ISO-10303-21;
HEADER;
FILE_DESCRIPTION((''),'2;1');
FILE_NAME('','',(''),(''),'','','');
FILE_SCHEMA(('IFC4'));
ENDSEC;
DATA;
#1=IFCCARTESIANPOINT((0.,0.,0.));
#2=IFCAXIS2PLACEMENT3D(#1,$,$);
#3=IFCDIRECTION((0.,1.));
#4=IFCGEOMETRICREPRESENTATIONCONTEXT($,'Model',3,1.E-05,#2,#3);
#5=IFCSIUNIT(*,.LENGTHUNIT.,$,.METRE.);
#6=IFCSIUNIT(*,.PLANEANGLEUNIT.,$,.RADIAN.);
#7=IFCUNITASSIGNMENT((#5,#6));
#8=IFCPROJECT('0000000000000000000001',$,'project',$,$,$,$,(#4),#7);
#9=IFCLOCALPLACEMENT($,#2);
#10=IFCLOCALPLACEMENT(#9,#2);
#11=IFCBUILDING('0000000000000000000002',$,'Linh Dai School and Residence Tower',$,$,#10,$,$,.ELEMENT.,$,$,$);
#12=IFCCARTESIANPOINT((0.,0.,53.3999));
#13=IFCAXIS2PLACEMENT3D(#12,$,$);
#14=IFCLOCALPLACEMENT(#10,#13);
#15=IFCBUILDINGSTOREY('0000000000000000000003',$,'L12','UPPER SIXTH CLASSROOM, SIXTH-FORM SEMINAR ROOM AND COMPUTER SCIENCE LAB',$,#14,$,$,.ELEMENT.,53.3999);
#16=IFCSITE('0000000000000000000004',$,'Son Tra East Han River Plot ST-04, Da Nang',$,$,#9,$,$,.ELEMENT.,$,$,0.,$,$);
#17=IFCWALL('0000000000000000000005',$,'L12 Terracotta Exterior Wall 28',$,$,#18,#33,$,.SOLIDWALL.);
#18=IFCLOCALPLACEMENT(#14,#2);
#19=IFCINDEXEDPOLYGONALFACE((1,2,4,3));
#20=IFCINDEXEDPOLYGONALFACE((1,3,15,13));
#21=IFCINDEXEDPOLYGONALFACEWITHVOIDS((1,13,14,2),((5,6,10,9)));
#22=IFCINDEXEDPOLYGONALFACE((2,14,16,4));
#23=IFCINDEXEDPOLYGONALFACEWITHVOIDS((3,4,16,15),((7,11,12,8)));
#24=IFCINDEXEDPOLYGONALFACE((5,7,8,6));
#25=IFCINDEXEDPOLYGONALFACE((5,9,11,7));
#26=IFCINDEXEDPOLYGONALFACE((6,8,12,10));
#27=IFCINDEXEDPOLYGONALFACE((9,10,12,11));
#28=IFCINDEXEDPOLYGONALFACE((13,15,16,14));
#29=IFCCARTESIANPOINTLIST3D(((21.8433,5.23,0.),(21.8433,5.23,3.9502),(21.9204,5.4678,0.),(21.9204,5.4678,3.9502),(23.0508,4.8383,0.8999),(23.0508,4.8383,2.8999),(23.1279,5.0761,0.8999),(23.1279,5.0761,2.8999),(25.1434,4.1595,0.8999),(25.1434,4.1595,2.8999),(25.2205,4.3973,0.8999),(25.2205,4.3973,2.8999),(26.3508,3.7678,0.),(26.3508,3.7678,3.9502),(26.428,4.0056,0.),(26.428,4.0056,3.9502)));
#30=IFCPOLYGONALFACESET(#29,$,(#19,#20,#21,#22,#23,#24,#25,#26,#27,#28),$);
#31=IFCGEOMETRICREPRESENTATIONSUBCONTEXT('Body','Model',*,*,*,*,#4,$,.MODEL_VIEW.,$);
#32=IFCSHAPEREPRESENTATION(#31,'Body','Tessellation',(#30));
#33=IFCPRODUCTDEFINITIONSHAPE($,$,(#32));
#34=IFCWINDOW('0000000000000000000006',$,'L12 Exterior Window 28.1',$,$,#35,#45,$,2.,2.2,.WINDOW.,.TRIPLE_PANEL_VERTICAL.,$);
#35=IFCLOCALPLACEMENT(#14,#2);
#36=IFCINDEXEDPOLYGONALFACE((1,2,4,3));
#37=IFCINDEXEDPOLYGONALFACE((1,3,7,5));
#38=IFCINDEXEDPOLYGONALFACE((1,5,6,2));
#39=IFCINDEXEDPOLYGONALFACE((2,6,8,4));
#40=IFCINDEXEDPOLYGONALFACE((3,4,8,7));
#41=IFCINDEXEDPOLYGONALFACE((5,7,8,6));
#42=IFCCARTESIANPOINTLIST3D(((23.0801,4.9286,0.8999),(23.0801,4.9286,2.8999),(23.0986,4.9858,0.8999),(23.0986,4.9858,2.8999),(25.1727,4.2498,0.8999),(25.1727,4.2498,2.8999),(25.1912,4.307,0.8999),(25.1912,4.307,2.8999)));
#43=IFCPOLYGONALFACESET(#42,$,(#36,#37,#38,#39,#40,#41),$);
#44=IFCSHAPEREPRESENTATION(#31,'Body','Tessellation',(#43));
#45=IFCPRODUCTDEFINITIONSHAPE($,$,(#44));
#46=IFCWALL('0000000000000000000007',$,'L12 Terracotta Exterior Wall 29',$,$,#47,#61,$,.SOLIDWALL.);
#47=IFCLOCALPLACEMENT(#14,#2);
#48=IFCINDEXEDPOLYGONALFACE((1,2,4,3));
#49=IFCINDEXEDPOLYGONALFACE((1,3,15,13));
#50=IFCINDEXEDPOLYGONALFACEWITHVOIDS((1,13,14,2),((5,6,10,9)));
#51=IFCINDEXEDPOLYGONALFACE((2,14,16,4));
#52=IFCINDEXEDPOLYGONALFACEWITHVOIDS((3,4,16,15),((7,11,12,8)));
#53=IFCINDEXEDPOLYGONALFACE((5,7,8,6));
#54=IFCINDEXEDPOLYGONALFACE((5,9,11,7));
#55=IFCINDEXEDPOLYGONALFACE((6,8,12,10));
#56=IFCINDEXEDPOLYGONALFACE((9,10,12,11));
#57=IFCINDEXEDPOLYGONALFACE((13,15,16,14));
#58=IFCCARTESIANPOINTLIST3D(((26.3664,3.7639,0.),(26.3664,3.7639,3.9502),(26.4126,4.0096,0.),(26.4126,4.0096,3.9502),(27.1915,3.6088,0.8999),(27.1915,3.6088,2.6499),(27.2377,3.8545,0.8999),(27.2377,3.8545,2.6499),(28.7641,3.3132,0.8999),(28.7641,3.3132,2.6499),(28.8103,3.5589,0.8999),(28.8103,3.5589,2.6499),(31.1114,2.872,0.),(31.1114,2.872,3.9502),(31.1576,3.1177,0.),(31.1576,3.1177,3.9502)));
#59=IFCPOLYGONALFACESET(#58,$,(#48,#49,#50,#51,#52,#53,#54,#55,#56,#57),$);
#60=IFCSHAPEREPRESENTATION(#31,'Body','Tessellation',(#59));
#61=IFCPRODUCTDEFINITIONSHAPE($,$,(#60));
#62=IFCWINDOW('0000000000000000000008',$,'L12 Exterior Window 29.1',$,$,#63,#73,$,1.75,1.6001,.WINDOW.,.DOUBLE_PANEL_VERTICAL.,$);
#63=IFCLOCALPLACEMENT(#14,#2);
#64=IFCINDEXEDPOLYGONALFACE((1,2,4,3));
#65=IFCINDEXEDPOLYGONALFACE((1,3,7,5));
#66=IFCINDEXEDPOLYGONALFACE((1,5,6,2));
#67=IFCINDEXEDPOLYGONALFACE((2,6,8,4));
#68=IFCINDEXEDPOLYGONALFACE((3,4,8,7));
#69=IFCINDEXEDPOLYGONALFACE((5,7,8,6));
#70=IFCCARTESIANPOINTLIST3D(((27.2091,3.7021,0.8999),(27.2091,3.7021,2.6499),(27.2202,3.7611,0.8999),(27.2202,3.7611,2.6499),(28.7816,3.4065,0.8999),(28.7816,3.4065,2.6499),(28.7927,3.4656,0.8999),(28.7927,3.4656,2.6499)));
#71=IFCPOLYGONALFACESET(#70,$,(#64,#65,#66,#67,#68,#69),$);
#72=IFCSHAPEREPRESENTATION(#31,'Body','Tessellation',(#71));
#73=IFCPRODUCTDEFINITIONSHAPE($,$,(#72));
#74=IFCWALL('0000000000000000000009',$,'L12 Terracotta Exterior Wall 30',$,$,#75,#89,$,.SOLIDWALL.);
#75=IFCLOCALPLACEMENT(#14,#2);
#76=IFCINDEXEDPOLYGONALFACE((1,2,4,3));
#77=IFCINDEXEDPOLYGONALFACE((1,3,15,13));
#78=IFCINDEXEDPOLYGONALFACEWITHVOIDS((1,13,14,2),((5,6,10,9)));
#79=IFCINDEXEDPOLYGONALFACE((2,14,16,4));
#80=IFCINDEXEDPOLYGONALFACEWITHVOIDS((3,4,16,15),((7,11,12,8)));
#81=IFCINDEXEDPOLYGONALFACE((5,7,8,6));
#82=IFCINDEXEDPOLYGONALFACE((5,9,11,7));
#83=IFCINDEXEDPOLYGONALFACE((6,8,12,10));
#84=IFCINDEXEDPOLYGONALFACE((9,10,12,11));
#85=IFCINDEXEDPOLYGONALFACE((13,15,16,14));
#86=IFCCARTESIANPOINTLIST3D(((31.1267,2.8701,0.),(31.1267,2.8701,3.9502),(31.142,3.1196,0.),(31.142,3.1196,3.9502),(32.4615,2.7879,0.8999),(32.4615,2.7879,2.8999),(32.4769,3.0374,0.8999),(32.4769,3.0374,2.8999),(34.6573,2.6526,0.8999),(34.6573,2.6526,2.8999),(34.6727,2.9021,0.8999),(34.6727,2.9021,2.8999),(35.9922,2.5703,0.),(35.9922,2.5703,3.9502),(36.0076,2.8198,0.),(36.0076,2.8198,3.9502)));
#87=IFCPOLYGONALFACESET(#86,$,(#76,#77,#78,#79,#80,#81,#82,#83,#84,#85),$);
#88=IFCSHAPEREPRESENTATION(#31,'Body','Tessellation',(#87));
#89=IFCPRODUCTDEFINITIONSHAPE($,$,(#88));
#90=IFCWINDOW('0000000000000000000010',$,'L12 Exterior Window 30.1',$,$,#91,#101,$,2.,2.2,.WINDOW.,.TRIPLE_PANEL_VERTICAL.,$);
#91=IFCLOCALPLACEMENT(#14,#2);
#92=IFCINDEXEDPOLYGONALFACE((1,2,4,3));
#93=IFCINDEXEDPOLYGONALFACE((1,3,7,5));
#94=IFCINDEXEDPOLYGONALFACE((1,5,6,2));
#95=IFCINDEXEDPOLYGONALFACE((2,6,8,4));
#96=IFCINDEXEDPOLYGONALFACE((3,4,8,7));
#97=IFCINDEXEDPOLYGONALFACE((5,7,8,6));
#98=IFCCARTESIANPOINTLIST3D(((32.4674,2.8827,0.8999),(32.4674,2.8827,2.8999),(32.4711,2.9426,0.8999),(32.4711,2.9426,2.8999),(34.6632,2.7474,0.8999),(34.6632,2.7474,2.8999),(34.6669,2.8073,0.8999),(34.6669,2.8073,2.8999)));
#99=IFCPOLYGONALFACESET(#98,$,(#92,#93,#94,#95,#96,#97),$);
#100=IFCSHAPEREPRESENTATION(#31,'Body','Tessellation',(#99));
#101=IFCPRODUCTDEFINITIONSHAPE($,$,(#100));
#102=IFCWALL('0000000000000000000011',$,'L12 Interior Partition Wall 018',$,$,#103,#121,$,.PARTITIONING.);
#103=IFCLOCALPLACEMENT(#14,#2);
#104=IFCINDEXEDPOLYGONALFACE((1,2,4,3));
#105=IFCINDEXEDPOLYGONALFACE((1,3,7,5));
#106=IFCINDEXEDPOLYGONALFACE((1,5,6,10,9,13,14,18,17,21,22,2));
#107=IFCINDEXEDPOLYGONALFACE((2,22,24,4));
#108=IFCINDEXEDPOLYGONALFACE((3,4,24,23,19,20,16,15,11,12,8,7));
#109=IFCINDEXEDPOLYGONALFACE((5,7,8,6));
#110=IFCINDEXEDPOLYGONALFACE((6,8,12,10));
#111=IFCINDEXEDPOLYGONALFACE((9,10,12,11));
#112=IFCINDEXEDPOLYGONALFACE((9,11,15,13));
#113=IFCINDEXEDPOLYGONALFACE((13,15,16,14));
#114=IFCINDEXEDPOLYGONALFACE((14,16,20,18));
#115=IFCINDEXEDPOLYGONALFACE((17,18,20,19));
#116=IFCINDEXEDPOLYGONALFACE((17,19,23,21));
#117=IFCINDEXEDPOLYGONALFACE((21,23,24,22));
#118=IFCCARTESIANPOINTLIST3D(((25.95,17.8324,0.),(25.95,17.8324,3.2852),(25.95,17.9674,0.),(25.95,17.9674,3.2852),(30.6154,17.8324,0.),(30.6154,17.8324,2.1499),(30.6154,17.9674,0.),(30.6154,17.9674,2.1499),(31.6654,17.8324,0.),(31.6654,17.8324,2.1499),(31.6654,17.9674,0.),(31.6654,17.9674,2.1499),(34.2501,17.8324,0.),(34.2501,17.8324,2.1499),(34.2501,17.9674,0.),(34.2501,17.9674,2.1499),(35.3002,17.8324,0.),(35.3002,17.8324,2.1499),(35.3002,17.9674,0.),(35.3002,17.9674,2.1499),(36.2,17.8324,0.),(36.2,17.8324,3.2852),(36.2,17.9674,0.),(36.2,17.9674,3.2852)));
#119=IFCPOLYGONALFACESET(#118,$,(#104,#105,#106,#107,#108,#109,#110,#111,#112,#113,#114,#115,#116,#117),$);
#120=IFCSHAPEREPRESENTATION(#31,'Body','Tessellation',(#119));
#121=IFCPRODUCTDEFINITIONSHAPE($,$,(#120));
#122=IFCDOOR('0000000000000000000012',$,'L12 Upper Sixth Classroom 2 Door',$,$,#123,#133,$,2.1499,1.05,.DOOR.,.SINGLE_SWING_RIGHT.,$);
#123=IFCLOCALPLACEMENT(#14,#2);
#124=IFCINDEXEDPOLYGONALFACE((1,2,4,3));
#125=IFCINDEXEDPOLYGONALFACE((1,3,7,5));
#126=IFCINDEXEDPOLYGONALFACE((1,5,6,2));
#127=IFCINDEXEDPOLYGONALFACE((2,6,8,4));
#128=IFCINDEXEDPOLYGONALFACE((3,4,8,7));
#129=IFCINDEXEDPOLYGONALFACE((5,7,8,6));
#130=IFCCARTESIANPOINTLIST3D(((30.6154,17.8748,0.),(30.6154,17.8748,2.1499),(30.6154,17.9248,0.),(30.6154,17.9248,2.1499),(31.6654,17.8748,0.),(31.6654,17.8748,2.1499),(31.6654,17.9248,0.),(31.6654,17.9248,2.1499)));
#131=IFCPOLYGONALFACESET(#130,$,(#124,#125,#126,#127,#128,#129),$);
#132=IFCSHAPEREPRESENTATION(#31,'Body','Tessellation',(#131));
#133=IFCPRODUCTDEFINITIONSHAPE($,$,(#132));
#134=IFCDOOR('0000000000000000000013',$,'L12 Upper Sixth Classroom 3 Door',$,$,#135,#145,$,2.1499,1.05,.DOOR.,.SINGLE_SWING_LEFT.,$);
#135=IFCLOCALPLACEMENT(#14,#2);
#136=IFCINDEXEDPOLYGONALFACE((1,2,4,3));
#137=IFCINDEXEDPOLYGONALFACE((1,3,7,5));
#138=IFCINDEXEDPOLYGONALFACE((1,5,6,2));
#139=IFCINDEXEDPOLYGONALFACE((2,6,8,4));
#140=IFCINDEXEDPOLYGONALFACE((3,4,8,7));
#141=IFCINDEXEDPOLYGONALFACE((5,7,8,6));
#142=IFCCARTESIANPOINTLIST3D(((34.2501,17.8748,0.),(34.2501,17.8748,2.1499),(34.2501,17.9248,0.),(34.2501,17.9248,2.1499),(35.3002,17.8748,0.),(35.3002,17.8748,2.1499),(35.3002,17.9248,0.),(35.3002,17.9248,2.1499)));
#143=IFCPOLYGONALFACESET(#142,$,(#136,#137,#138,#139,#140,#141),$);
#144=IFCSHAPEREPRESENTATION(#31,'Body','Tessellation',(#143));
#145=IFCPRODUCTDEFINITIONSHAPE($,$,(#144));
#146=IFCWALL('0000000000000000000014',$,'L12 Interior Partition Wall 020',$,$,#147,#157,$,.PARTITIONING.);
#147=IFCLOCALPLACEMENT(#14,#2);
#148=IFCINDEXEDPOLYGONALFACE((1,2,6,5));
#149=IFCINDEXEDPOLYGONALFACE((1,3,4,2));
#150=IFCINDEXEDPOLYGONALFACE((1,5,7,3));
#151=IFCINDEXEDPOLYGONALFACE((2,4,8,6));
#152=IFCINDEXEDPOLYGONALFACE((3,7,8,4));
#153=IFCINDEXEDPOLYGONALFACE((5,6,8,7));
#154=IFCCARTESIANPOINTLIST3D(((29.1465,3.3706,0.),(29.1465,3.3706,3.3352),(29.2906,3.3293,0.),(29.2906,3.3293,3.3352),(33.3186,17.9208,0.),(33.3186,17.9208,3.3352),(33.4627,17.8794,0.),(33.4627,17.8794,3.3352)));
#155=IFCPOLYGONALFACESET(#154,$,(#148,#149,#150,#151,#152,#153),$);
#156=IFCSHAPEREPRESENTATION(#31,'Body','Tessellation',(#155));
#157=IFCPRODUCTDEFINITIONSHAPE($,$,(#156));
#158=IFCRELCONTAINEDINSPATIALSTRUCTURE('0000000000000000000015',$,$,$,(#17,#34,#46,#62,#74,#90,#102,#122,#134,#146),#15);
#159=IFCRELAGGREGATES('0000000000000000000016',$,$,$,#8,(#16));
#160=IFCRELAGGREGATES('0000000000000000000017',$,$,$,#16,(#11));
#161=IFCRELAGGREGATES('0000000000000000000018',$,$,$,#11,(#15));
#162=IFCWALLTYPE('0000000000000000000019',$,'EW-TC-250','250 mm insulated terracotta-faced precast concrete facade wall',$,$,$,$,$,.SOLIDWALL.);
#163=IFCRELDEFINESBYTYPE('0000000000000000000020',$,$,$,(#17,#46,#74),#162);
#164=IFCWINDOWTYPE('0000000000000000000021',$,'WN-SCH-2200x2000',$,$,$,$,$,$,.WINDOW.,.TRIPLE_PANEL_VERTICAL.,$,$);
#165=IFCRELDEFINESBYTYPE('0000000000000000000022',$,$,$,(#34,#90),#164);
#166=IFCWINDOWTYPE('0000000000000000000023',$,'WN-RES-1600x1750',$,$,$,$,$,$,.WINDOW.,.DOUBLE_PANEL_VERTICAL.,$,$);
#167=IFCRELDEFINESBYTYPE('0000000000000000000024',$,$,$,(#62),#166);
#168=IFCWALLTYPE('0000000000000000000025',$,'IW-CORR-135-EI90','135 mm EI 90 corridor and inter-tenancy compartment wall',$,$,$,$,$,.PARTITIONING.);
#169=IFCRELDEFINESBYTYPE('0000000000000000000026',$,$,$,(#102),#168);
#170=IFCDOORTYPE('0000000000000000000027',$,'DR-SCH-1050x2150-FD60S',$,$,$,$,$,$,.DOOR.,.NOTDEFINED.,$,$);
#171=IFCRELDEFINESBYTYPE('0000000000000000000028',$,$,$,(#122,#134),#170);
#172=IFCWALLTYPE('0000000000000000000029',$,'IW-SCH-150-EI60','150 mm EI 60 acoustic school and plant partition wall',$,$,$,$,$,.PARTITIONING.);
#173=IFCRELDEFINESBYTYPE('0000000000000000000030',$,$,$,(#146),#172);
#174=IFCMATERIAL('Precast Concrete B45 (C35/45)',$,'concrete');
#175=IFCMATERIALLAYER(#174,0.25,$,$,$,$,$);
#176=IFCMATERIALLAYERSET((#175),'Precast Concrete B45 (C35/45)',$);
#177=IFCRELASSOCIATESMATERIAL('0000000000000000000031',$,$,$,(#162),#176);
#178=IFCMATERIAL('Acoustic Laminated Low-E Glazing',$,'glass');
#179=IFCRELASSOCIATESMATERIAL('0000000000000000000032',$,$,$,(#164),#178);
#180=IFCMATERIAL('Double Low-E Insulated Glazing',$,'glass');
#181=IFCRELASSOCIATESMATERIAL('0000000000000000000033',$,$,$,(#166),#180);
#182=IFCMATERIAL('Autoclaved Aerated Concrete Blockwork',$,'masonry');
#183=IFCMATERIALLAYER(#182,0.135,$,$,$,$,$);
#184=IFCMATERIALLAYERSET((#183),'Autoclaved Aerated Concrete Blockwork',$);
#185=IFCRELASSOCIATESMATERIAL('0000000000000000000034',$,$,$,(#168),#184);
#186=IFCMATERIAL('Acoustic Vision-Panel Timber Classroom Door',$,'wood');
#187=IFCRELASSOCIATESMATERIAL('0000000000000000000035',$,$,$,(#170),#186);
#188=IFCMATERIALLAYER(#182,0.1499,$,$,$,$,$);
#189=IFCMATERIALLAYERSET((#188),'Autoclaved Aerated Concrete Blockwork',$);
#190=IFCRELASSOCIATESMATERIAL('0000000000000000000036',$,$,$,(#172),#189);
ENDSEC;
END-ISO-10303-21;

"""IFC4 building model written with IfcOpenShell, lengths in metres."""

from ifc_helpers import new_model, si_unit, direction, frame, frame_2d, origin, origin_2d, place, context, subcontext, project, spatial, rectangle, extrude, source, transform, mapped, material, layer, layer_set, type_object, element, fill, save


model = new_model("IFC4")

# Units and contexts
model_context = context("Model", 3, precision=1e-05, world=origin(), true_north=direction((0.0, 1.0)))
body_context = subcontext(model_context, "Body", "Model", "MODEL_VIEW")
ifc_project = project(units=[si_unit("LENGTHUNIT", "METRE"), si_unit("PLANEANGLEUNIT", "RADIAN")], contexts=[model_context])

# Site, building, storey
site_placement = place(None, origin())
site = spatial("IfcSite", under=ifc_project, at=site_placement, Name="Son Tra East Han River Plot ST-04, Da Nang", CompositionType="ELEMENT", RefElevation=0.0)
building_placement = place(site_placement, origin())
building = spatial("IfcBuilding", under=site, at=building_placement, Name="Linh Dai School and Residence Tower", CompositionType="ELEMENT")
storey_placement = place(building_placement, frame((0.0, 0.0, 53.3999)))
storey = spatial("IfcBuildingStorey", under=building, at=storey_placement, Name="L12", Description="UPPER SIXTH CLASSROOM, SIXTH-FORM SEMINAR ROOM AND COMPUTER SCIENCE LAB", CompositionType="ELEMENT", Elevation=53.3999)

# Shared definitions
ifc_material_1 = material(Name="Precast Concrete B45 (C35/45)", Category="concrete")

# Walls, openings, windows
ifc_layer_1 = layer(ifc_material_1, 0.25)
ifc_layer_set_1 = layer_set([ifc_layer_1], Name="Precast Concrete B45 (C35/45)")
wall_type_1 = type_object("IfcWallType", Name="EW-TC-250", Description="250 mm insulated terracotta-faced precast concrete facade wall", PredefinedType="SOLIDWALL", material=ifc_layer_set_1)
wall_1_placement = place(storey_placement, frame((26.3894, 3.8867, 0.0), z_axis=(0.0, 0.0, 1.0), x_axis=(-0.951208, 0.308551, 0.0)))
wall_1 = element("IfcWall", 1, at=wall_1_placement, inside=storey, type_object=wall_type_1, Name="L12 Terracotta Exterior Wall 28", PredefinedType="SOLIDWALL", context=body_context, shape_type="SweptSolid", body=[
    extrude(rectangle(XDim=4.7388, YDim=0.25, at=frame_2d((2.3694, 0.0))), origin(), (0.0, 0.0, 1.0), 3.9502),
])
opening_1_placement = place(wall_1_placement, frame((1.2693, 0.0, 0.8999)))
opening_1 = element("IfcOpeningElement", 2, at=opening_1_placement, cuts=wall_1, PredefinedType="OPENING", context=body_context, shape_type="SweptSolid", body=[
    extrude(rectangle(XDim=2.2, YDim=2.0, at=origin_2d()), frame((1.1001, 0.135, 1.0), z_axis=(0.0, -1.0, 0.0), x_axis=(1.0, 0.0, 0.0)), (0.0, 0.0, 1.0), 0.27),
])
ifc_material_2 = material(Name="Acoustic Laminated Low-E Glazing", Category="glass")
window_type_1 = type_object("IfcWindowType", Name="WN-SCH-2200x2000", PartitioningType="TRIPLE_PANEL_VERTICAL", PredefinedType="WINDOW", material=ifc_material_2)
shared_shape_1 = source(origin(), body_context, "Body", "SweptSolid", [
    extrude(rectangle(XDim=2.2, YDim=2.0, at=origin_2d()), frame((1.1001, 0.03, 1.0), z_axis=(0.0, -1.0, 0.0), x_axis=(1.0, 0.0, 0.0)), (0.0, 0.0, 1.0), 0.0601),
])
window_1_placement = place(opening_1_placement, origin())
window_1 = element("IfcWindow", 3, at=window_1_placement, inside=storey, type_object=window_type_1, Name="L12 Exterior Window 28.1", OverallHeight=2.0, OverallWidth=2.2, PartitioningType="TRIPLE_PANEL_VERTICAL", PredefinedType="WINDOW", context=body_context, shape_type="MappedRepresentation", body=[
    mapped(shared_shape_1, transform((0.0, 0.0, 0.0), x_axis=(1.0, 0.0, 0.0), y_axis=(0.0, 1.0, 0.0), z_axis=(0.0, 0.0, 1.0), scale=1.0)),
])
fill(opening_1, window_1)
wall_2_placement = place(storey_placement, frame((31.1345, 2.9949, 0.0), z_axis=(0.0, 0.0, 1.0), x_axis=(-0.982792, 0.184716, 0.0)))
wall_2 = element("IfcWall", 4, at=wall_2_placement, inside=storey, type_object=wall_type_1, Name="L12 Terracotta Exterior Wall 29", PredefinedType="SOLIDWALL", context=body_context, shape_type="SweptSolid", body=[
    extrude(rectangle(XDim=4.8281, YDim=0.25, at=frame_2d((2.4141, 0.0))), origin(), (0.0, 0.0, 1.0), 3.9502),
])
opening_2_placement = place(wall_2_placement, frame((2.3884, 0.0, 0.8999)))
opening_2 = element("IfcOpeningElement", 5, at=opening_2_placement, cuts=wall_2, PredefinedType="OPENING", context=body_context, shape_type="SweptSolid", body=[
    extrude(rectangle(XDim=1.6001, YDim=1.75, at=origin_2d()), frame((0.8, 0.135, 0.875), z_axis=(0.0, -1.0, 0.0), x_axis=(1.0, 0.0, 0.0)), (0.0, 0.0, 1.0), 0.27),
])
ifc_material_3 = material(Name="Double Low-E Insulated Glazing", Category="glass")
window_type_2 = type_object("IfcWindowType", Name="WN-RES-1600x1750", PartitioningType="DOUBLE_PANEL_VERTICAL", PredefinedType="WINDOW", material=ifc_material_3)
shared_shape_2 = source(origin(), body_context, "Body", "SweptSolid", [
    extrude(rectangle(XDim=1.6001, YDim=1.75, at=origin_2d()), frame((0.8, 0.03, 0.875), z_axis=(0.0, -1.0, 0.0), x_axis=(1.0, 0.0, 0.0)), (0.0, 0.0, 1.0), 0.0601),
])
window_2_placement = place(opening_2_placement, origin())
window_2 = element("IfcWindow", 6, at=window_2_placement, inside=storey, type_object=window_type_2, Name="L12 Exterior Window 29.1", OverallHeight=1.75, OverallWidth=1.6001, PartitioningType="DOUBLE_PANEL_VERTICAL", PredefinedType="WINDOW", context=body_context, shape_type="MappedRepresentation", body=[
    mapped(shared_shape_2, transform((0.0, 0.0, 0.0), x_axis=(1.0, 0.0, 0.0), y_axis=(0.0, 1.0, 0.0), z_axis=(0.0, 0.0, 1.0), scale=1.0)),
])
fill(opening_2, window_2)
wall_3_placement = place(storey_placement, frame((36.0, 2.6951, 0.0), z_axis=(0.0, 0.0, 1.0), x_axis=(-0.998107, 0.061502, 0.0)))
wall_3 = element("IfcWall", 7, at=wall_3_placement, inside=storey, type_object=wall_type_1, Name="L12 Terracotta Exterior Wall 30", PredefinedType="SOLIDWALL", context=body_context, shape_type="SweptSolid", body=[
    extrude(rectangle(XDim=4.8748, YDim=0.25, at=frame_2d((2.4375, 0.0))), origin(), (0.0, 0.0, 1.0), 3.9502),
])
opening_3_placement = place(wall_3_placement, frame((1.3374, 0.0, 0.8999)))
opening_3 = element("IfcOpeningElement", 8, at=opening_3_placement, cuts=wall_3, PredefinedType="OPENING", context=body_context, shape_type="SweptSolid", body=[
    extrude(rectangle(XDim=2.2, YDim=2.0, at=origin_2d()), frame((1.1001, 0.135, 1.0), z_axis=(0.0, -1.0, 0.0), x_axis=(1.0, 0.0, 0.0)), (0.0, 0.0, 1.0), 0.27),
])
window_3_placement = place(opening_3_placement, origin())
window_3 = element("IfcWindow", 9, at=window_3_placement, inside=storey, type_object=window_type_1, Name="L12 Exterior Window 30.1", OverallHeight=2.0, OverallWidth=2.2, PartitioningType="TRIPLE_PANEL_VERTICAL", PredefinedType="WINDOW", context=body_context, shape_type="MappedRepresentation", body=[
    mapped(shared_shape_1, transform((0.0, 0.0, 0.0), x_axis=(1.0, 0.0, 0.0), y_axis=(0.0, 1.0, 0.0), z_axis=(0.0, 0.0, 1.0), scale=1.0)),
])
fill(opening_3, window_3)

# Wall, openings, doors
ifc_material_4 = material(Name="Autoclaved Aerated Concrete Blockwork", Category="masonry")
ifc_layer_2 = layer(ifc_material_4, 0.135)
ifc_layer_set_2 = layer_set([ifc_layer_2], Name="Autoclaved Aerated Concrete Blockwork")
wall_type_2 = type_object("IfcWallType", Name="IW-CORR-135-EI90", Description="135 mm EI 90 corridor and inter-tenancy compartment wall", PredefinedType="PARTITIONING", material=ifc_layer_set_2)
wall_4_placement = place(storey_placement, frame((25.95, 17.8999, 0.0), z_axis=(0.0, 0.0, 1.0), x_axis=(1.0, 0.0, 0.0)))
wall_4 = element("IfcWall", 10, at=wall_4_placement, inside=storey, type_object=wall_type_2, Name="L12 Interior Partition Wall 018", PredefinedType="PARTITIONING", context=body_context, shape_type="SweptSolid", body=[
    extrude(rectangle(XDim=10.25, YDim=0.135, at=frame_2d((5.125, 0.0))), origin(), (0.0, 0.0, 1.0), 3.2852),
])
opening_4_placement = place(wall_4_placement, frame((4.6655, 0.0, 0.0)))
opening_4 = element("IfcOpeningElement", 11, at=opening_4_placement, cuts=wall_4, PredefinedType="OPENING", context=body_context, shape_type="SweptSolid", body=[
    extrude(rectangle(XDim=1.05, YDim=2.1499, at=origin_2d()), frame((0.5249, 0.0776, 1.075), z_axis=(0.0, -1.0, 0.0), x_axis=(1.0, 0.0, 0.0)), (0.0, 0.0, 1.0), 0.155),
])
opening_5_placement = place(wall_4_placement, frame((8.3003, 0.0, 0.0)))
opening_5 = element("IfcOpeningElement", 12, at=opening_5_placement, cuts=wall_4, PredefinedType="OPENING", context=body_context, shape_type="SweptSolid", body=[
    extrude(rectangle(XDim=1.05, YDim=2.1499, at=origin_2d()), frame((0.5249, 0.0776, 1.075), z_axis=(0.0, -1.0, 0.0), x_axis=(1.0, 0.0, 0.0)), (0.0, 0.0, 1.0), 0.155),
])
ifc_material_5 = material(Name="Acoustic Vision-Panel Timber Classroom Door", Category="wood")
door_type = type_object("IfcDoorType", Name="DR-SCH-1050x2150-FD60S", OperationType="NOTDEFINED", PredefinedType="DOOR", material=ifc_material_5)
shared_shape_3 = source(origin(), body_context, "Body", "SweptSolid", [
    extrude(rectangle(XDim=1.05, YDim=2.1499, at=origin_2d()), frame((0.5249, 0.0249, 1.075), z_axis=(0.0, -1.0, 0.0), x_axis=(1.0, 0.0, 0.0)), (0.0, 0.0, 1.0), 0.05),
])
door_1_placement = place(opening_4_placement, origin())
door_1 = element("IfcDoor", 13, at=door_1_placement, inside=storey, type_object=door_type, Name="L12 Upper Sixth Classroom 2 Door", OperationType="SINGLE_SWING_RIGHT", OverallHeight=2.1499, OverallWidth=1.05, PredefinedType="DOOR", context=body_context, shape_type="MappedRepresentation", body=[
    mapped(shared_shape_3, transform((0.0, 0.0, 0.0), x_axis=(1.0, 0.0, 0.0), y_axis=(0.0, 1.0, 0.0), z_axis=(0.0, 0.0, 1.0), scale=1.0)),
])
fill(opening_4, door_1)
door_2_placement = place(opening_5_placement, origin())
door_2 = element("IfcDoor", 14, at=door_2_placement, inside=storey, type_object=door_type, Name="L12 Upper Sixth Classroom 3 Door", OperationType="SINGLE_SWING_LEFT", OverallHeight=2.1499, OverallWidth=1.05, PredefinedType="DOOR", context=body_context, shape_type="MappedRepresentation", body=[
    mapped(shared_shape_3, transform((0.0, 0.0, 0.0), x_axis=(1.0, 0.0, 0.0), y_axis=(0.0, 1.0, 0.0), z_axis=(0.0, 0.0, 1.0), scale=1.0)),
])
fill(opening_5, door_2)

# Wall
ifc_layer_3 = layer(ifc_material_4, 0.1499)
ifc_layer_set_3 = layer_set([ifc_layer_3], Name="Autoclaved Aerated Concrete Blockwork")
wall_type_3 = type_object("IfcWallType", Name="IW-SCH-150-EI60", Description="150 mm EI 60 acoustic school and plant partition wall", PredefinedType="PARTITIONING", material=ifc_layer_set_3)
wall_5_placement = place(storey_placement, frame((29.2185, 3.3499, 0.0), z_axis=(0.0, 0.0, 1.0), x_axis=(0.275635, 0.961262, 0.0)))
element("IfcWall", 15, at=wall_5_placement, inside=storey, type_object=wall_type_3, Name="L12 Interior Partition Wall 020", PredefinedType="PARTITIONING", context=body_context, shape_type="SweptSolid", body=[
    extrude(rectangle(XDim=15.1365, YDim=0.1499, at=frame_2d((7.5684, 0.0))), origin(), (0.0, 0.0, 1.0), 3.3352),
])

save(model, "model.ifc")
